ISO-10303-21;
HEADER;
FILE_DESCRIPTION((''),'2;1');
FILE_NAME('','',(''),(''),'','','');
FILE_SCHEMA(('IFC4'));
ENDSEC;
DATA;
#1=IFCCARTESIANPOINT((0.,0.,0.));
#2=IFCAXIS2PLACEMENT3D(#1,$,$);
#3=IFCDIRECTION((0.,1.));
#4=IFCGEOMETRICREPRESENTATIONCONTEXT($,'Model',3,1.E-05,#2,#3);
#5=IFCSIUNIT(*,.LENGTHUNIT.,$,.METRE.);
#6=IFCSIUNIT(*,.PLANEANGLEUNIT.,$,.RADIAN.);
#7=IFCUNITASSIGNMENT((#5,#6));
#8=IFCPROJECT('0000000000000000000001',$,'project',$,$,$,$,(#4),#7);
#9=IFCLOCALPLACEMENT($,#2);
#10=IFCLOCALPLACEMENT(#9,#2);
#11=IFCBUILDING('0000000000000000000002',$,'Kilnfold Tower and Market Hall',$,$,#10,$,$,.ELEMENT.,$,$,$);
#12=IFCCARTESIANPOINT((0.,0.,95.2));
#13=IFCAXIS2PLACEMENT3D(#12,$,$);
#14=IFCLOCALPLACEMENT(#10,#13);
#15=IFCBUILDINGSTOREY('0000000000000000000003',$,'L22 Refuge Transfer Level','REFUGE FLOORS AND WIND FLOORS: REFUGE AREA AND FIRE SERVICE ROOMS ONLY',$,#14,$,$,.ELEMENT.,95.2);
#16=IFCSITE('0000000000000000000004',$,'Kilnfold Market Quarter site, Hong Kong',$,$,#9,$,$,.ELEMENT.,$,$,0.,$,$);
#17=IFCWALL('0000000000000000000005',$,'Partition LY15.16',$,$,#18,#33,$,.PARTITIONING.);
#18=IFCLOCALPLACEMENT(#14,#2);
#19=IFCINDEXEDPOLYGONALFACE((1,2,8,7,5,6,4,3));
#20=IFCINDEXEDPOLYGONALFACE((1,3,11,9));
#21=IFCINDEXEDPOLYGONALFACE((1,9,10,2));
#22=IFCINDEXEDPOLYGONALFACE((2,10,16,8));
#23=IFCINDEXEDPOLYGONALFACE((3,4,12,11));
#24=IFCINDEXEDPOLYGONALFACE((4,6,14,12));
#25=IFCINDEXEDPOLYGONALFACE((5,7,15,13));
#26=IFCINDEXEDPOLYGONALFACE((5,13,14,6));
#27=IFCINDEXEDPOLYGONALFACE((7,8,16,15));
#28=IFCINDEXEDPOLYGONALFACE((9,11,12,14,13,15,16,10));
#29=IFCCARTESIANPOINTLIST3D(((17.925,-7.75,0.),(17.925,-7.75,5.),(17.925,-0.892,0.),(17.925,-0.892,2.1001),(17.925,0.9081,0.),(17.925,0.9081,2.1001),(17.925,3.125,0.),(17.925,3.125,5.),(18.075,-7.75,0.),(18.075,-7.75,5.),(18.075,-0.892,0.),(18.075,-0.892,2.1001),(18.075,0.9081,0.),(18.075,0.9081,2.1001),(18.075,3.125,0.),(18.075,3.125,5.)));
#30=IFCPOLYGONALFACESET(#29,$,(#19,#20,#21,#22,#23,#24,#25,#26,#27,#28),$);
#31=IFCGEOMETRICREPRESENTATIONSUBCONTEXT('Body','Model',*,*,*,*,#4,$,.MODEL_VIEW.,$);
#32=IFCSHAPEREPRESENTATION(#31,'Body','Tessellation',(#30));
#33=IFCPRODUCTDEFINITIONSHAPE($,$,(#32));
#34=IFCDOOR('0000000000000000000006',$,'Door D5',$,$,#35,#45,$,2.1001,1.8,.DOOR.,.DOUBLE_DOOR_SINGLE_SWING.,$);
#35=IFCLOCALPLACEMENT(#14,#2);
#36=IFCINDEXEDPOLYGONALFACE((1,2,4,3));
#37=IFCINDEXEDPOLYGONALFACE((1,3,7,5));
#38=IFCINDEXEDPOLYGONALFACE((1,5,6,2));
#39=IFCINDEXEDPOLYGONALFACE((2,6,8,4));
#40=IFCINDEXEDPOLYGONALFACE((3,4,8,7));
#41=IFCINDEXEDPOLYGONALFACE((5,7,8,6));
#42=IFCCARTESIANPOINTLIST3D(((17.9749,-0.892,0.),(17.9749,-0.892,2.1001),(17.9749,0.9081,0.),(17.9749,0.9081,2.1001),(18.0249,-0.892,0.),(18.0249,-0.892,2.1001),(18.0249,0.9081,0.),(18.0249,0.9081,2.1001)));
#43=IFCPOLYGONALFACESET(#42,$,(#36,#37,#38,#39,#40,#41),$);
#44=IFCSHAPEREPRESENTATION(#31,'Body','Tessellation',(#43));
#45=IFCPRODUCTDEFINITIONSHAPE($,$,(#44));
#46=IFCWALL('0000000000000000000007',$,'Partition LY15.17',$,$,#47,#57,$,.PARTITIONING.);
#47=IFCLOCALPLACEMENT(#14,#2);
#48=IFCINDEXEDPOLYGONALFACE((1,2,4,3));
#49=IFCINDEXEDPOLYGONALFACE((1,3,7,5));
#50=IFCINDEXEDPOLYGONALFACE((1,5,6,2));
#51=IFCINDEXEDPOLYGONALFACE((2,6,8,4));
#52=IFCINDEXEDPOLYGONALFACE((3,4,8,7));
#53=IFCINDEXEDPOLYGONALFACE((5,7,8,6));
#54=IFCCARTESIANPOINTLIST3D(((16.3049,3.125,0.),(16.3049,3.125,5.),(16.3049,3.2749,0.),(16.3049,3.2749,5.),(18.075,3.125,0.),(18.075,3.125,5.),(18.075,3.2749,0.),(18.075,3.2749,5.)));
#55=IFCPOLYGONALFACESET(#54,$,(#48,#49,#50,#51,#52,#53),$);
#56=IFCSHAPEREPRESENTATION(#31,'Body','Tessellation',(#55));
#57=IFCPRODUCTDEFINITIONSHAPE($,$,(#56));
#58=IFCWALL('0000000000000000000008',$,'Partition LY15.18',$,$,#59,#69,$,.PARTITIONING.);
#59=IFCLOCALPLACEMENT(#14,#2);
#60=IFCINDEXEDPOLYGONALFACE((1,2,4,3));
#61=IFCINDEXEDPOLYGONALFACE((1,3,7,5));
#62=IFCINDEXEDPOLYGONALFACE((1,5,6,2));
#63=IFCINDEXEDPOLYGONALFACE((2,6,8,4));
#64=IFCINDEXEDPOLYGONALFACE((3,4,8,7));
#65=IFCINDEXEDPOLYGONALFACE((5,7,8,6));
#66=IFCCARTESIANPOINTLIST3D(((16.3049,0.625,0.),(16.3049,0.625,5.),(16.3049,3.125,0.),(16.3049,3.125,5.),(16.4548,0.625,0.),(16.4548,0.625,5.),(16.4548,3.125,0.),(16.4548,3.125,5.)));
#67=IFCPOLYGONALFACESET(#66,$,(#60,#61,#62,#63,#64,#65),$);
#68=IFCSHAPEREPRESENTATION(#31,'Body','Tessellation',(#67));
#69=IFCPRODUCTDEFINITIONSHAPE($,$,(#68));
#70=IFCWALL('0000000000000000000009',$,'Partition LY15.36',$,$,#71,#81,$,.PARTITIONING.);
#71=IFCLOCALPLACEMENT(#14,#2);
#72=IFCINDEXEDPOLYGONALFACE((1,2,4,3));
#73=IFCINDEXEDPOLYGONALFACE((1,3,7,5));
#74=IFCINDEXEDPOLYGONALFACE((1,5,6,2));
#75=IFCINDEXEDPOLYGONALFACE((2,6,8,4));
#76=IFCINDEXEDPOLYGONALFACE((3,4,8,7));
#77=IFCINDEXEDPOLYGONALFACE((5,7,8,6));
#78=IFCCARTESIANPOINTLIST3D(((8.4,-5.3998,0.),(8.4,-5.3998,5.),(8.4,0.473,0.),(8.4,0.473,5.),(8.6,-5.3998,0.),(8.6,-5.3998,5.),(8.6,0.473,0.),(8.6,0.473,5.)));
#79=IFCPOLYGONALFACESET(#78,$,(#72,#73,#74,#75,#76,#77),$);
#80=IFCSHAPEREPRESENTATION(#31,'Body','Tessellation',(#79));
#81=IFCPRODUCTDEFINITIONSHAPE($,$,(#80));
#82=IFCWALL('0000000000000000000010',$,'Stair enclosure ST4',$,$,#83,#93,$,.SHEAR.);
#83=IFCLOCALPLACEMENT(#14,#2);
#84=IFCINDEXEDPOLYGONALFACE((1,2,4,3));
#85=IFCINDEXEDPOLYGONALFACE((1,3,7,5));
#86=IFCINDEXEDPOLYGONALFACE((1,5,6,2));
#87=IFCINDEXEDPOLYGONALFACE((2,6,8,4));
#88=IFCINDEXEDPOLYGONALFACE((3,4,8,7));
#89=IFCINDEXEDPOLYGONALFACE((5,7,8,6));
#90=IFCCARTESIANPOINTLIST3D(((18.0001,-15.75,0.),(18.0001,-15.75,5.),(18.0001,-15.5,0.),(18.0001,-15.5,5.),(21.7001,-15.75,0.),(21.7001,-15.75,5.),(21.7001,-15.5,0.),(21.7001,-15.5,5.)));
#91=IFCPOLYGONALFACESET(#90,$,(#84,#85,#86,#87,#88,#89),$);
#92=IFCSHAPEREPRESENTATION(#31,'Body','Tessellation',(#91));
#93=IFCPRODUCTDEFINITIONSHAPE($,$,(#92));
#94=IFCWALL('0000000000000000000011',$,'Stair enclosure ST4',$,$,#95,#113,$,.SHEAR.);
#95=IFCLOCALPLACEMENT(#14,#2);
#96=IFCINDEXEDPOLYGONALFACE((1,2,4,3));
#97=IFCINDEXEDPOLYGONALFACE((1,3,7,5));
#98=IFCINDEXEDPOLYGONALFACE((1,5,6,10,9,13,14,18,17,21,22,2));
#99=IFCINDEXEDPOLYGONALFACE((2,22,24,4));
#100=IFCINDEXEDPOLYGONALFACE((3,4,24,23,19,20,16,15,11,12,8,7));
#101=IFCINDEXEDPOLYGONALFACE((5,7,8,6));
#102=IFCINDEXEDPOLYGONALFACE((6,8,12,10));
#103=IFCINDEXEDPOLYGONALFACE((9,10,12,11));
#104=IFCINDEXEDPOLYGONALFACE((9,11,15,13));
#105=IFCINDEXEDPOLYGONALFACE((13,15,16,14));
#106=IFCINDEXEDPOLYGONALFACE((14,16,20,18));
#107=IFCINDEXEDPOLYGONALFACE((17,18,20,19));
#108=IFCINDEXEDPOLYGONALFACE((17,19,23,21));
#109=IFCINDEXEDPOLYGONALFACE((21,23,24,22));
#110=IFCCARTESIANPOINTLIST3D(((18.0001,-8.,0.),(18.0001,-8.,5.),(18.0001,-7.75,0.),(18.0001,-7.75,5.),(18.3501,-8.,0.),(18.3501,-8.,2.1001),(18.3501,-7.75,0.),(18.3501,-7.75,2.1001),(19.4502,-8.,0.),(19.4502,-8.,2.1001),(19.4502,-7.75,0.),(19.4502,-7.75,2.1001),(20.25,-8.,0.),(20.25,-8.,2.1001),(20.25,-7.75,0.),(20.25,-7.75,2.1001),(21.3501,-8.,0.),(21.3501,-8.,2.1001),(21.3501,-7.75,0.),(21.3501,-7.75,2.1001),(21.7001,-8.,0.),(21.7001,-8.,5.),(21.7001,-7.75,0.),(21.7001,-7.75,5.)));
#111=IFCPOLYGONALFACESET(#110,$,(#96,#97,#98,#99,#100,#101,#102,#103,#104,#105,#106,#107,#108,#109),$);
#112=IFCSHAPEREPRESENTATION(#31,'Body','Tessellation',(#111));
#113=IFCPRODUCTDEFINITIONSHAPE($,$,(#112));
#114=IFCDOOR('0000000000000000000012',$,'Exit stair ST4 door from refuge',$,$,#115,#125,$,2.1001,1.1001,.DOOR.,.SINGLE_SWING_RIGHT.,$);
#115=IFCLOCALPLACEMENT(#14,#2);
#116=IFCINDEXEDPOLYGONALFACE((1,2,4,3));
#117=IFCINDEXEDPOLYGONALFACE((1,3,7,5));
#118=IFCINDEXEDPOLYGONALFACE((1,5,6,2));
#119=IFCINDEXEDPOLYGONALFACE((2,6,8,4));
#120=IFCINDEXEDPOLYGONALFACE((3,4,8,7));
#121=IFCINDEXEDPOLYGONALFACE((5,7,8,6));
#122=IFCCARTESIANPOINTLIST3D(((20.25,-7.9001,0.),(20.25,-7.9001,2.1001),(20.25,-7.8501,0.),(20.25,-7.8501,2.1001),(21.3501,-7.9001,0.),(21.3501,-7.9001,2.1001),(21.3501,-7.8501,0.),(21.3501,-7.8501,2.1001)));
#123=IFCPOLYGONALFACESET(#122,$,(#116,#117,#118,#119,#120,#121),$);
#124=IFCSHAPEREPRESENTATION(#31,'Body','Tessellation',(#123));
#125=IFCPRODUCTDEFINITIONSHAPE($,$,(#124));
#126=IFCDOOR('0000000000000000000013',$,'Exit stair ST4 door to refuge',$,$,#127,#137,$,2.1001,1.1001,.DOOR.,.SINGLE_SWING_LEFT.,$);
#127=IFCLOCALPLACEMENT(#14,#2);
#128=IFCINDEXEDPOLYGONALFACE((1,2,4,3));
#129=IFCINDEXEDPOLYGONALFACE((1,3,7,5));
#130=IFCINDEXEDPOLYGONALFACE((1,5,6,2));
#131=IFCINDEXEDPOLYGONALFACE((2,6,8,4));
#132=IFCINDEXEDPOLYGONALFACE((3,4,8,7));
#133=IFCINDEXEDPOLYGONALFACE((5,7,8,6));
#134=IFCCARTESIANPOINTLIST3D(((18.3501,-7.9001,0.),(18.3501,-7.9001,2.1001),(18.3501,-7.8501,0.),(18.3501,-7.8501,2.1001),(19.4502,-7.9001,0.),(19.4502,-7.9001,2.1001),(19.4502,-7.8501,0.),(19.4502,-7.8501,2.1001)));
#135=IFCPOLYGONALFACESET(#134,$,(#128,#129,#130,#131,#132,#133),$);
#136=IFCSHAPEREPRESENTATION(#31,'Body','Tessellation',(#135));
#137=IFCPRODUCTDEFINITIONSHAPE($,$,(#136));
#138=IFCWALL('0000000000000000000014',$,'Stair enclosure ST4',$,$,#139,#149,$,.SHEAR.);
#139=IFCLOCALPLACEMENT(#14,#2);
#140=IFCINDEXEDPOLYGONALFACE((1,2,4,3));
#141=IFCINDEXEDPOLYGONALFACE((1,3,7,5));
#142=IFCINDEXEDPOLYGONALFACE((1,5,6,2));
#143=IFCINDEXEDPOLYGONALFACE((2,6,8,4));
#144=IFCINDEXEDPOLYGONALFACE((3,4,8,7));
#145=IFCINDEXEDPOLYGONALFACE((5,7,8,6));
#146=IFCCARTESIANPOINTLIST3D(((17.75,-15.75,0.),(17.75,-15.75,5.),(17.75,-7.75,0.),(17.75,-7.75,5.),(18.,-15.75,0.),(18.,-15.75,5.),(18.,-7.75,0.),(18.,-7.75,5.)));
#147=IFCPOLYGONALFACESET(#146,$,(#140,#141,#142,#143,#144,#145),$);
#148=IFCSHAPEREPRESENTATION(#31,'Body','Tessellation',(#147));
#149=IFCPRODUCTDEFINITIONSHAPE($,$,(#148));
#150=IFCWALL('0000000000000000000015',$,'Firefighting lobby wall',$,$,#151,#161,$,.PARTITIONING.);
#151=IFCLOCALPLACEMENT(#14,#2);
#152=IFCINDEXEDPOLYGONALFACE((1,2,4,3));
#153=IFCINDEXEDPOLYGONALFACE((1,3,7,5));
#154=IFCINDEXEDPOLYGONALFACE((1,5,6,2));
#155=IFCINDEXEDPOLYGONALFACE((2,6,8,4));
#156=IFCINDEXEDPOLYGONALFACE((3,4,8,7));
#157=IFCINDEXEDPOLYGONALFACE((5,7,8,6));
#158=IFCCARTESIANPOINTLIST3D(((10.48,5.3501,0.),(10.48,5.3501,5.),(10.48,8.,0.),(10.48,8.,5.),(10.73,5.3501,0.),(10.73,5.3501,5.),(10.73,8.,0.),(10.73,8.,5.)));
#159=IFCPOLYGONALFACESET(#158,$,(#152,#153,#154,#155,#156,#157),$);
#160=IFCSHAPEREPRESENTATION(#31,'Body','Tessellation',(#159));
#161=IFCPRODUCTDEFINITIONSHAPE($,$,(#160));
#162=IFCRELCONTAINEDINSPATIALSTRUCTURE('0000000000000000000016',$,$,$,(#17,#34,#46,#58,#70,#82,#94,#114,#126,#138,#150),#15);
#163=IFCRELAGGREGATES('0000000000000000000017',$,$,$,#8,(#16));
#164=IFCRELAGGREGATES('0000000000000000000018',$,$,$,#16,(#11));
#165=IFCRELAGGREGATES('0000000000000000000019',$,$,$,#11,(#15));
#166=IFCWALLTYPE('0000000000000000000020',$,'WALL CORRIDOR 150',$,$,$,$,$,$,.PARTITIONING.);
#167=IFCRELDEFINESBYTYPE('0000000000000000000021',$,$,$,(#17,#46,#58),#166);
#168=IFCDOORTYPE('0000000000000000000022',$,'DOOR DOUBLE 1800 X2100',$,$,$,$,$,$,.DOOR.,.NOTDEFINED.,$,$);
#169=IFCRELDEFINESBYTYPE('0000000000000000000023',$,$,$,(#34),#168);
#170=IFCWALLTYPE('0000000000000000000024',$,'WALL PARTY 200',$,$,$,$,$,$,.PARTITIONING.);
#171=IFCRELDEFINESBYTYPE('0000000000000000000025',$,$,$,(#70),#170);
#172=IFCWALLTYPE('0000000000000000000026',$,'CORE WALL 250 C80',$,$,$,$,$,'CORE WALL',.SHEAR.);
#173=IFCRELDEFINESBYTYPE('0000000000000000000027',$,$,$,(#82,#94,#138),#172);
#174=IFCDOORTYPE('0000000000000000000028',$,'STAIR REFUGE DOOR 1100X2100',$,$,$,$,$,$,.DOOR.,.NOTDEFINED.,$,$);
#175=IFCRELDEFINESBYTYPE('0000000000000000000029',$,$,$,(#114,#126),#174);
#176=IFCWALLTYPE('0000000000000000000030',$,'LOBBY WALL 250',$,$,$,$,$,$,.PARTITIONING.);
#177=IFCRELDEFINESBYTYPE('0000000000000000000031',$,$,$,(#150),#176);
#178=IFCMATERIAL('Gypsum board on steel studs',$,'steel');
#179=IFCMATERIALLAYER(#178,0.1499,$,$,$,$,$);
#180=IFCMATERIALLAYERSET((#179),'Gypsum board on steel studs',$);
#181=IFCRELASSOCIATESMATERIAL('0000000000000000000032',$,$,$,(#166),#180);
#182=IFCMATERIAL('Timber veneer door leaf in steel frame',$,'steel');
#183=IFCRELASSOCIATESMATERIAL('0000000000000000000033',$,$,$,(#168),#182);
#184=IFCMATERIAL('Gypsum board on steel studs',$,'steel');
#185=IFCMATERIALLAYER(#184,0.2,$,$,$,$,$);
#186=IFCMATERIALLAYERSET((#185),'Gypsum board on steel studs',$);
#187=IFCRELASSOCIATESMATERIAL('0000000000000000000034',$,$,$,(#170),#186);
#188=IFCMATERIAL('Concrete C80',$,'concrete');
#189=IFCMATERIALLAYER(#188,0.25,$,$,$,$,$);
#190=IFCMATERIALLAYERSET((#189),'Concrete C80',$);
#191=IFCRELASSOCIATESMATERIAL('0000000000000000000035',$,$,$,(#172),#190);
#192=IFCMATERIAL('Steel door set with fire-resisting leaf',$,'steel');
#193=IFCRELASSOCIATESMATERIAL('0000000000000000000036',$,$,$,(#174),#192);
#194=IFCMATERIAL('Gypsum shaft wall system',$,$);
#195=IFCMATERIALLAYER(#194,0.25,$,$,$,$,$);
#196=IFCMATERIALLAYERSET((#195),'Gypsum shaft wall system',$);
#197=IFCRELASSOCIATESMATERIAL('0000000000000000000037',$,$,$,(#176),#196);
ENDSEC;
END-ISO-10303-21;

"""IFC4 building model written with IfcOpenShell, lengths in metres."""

from ifc_helpers import new_model, si_unit, direction, frame, frame_2d, origin, place, context, subcontext, project, spatial, rectangle, extrude, source, transform, mapped, material, layer, layer_set, type_object, element, fill, save


model = new_model("IFC4")

# Units and contexts
model_context = context("Model", 3, precision=1e-05, world=origin(), true_north=direction((0.0, 1.0)))
body_context = subcontext(model_context, "Body", "Model", "MODEL_VIEW")
ifc_project = project(units=[si_unit("LENGTHUNIT", "METRE"), si_unit("PLANEANGLEUNIT", "RADIAN")], contexts=[model_context])

# Site, building, storey
site_placement = place(None, origin())
site = spatial("IfcSite", under=ifc_project, at=site_placement, Name="Kilnfold Market Quarter site, Hong Kong", CompositionType="ELEMENT", RefElevation=0.0)
building_placement = place(site_placement, origin())
building = spatial("IfcBuilding", under=site, at=building_placement, Name="Kilnfold Tower and Market Hall", CompositionType="ELEMENT")
storey_placement = place(building_placement, frame((0.0, 0.0, 95.2)))
storey = spatial("IfcBuildingStorey", under=building, at=storey_placement, Name="L22 Refuge Transfer Level", Description="REFUGE FLOORS AND WIND FLOORS: REFUGE AREA AND FIRE SERVICE ROOMS ONLY", CompositionType="ELEMENT", Elevation=95.2)

# Shared definitions
ifc_material_1 = material(Name="Gypsum board on steel studs", Category="steel")
ifc_layer_1 = layer(ifc_material_1, 0.1499)
ifc_layer_set_1 = layer_set([ifc_layer_1], Name="Gypsum board on steel studs")
wall_type_1 = type_object("IfcWallType", Name="WALL CORRIDOR 150", PredefinedType="PARTITIONING", material=ifc_layer_set_1)

# Wall, opening, door
wall_1_placement = place(storey_placement, frame((18.0, 3.125, 0.0), z_axis=(0.0, 0.0, 1.0), x_axis=(0.0, -1.0, 0.0)))
wall_1 = element("IfcWall", 1, at=wall_1_placement, inside=storey, type_object=wall_type_1, Name="Partition LY15.16", PredefinedType="PARTITIONING", context=body_context, shape_type="SweptSolid", body=[
    extrude(rectangle(XDim=10.875, YDim=0.1499, at=frame_2d((5.4375, 0.0))), origin(), (0.0, 0.0, 1.0), 5.0),
])
opening_1_placement = place(wall_1_placement, frame((2.217, 0.0, 0.0)))
opening_1 = element("IfcOpeningElement", 2, at=opening_1_placement, cuts=wall_1, PredefinedType="OPENING", context=body_context, shape_type="SweptSolid", body=[
    extrude(rectangle(XDim=1.8, YDim=2.1001, at=frame_2d((0.8999, 1.05))), frame((0.0, 0.085, 0.0), z_axis=(0.0, -1.0, 0.0), x_axis=(1.0, 0.0, 0.0)), (0.0, 0.0, 1.0), 0.1699),
])
ifc_material_2 = material(Name="Timber veneer door leaf in steel frame", Category="steel")
door_type_1 = type_object("IfcDoorType", Name="DOOR DOUBLE 1800 X2100", OperationType="NOTDEFINED", PredefinedType="DOOR", material=ifc_material_2)
door_1_placement = place(opening_1_placement, origin())
door_1 = element("IfcDoor", 3, at=door_1_placement, inside=storey, type_object=door_type_1, Name="Door D5", OperationType="DOUBLE_DOOR_SINGLE_SWING", OverallHeight=2.1001, OverallWidth=1.8, PredefinedType="DOOR", context=body_context, shape_type="SweptSolid", body=[
    extrude(rectangle(XDim=1.8, YDim=2.1001, at=frame_2d((0.8999, 1.05))), frame((0.0, 0.0249, 0.0), z_axis=(0.0, -1.0, 0.0), x_axis=(1.0, 0.0, 0.0)), (0.0, 0.0, 1.0), 0.05),
])
fill(opening_1, door_1)

# Walls
wall_2_placement = place(storey_placement, frame((16.3049, 3.2, 0.0), z_axis=(0.0, 0.0, 1.0), x_axis=(1.0, 0.0, 0.0)))
element("IfcWall", 4, at=wall_2_placement, inside=storey, type_object=wall_type_1, Name="Partition LY15.17", PredefinedType="PARTITIONING", context=body_context, shape_type="SweptSolid", body=[
    extrude(rectangle(XDim=1.77, YDim=0.1499, at=frame_2d((0.885, 0.0))), origin(), (0.0, 0.0, 1.0), 5.0),
])
wall_3_placement = place(storey_placement, frame((16.3799, 0.625, 0.0), z_axis=(0.0, 0.0, 1.0), x_axis=(0.0, 1.0, 0.0)))
element("IfcWall", 5, at=wall_3_placement, inside=storey, type_object=wall_type_1, Name="Partition LY15.18", PredefinedType="PARTITIONING", context=body_context, shape_type="SweptSolid", body=[
    extrude(rectangle(XDim=2.5, YDim=0.1499, at=frame_2d((1.25, 0.0))), origin(), (0.0, 0.0, 1.0), 5.0),
])
ifc_material_3 = material(Name="Gypsum board on steel studs", Category="steel")
ifc_layer_2 = layer(ifc_material_3, 0.2)
ifc_layer_set_2 = layer_set([ifc_layer_2], Name="Gypsum board on steel studs")
wall_type_2 = type_object("IfcWallType", Name="WALL PARTY 200", PredefinedType="PARTITIONING", material=ifc_layer_set_2)
wall_4_placement = place(storey_placement, frame((8.5, -5.3999, 0.0), z_axis=(0.0, 0.0, 1.0), x_axis=(0.0, 1.0, 0.0)))
element("IfcWall", 6, at=wall_4_placement, inside=storey, type_object=wall_type_2, Name="Partition LY15.36", PredefinedType="PARTITIONING", context=body_context, shape_type="SweptSolid", body=[
    extrude(rectangle(XDim=5.8728, YDim=0.2, at=frame_2d((2.9365, 0.0))), origin(), (0.0, 0.0, 1.0), 5.0),
])
ifc_material_4 = material(Name="Concrete C80", Category="concrete")
ifc_layer_3 = layer(ifc_material_4, 0.25)
ifc_layer_set_3 = layer_set([ifc_layer_3], Name="Concrete C80")
wall_type_3 = type_object("IfcWallType", Name="CORE WALL 250 C80", ElementType="CORE WALL", PredefinedType="SHEAR", material=ifc_layer_set_3)
shared_shape_1 = source(origin(), body_context, "Body", "SweptSolid", [
    extrude(rectangle(XDim=3.7, YDim=0.25, at=frame_2d((1.8501, 0.0))), origin(), (0.0, 0.0, 1.0), 5.0),
])
wall_5_placement = place(storey_placement, frame((18.0, -15.625, 0.0), z_axis=(0.0, 0.0, 1.0), x_axis=(1.0, 0.0, 0.0)))
element("IfcWall", 7, at=wall_5_placement, inside=storey, type_object=wall_type_3, Name="Stair enclosure ST4", PredefinedType="SHEAR", context=body_context, shape_type="MappedRepresentation", body=[
    mapped(shared_shape_1, transform((0.0, 0.0, 0.0))),
])

# Wall, openings, doors
wall_6_placement = place(storey_placement, frame((18.0, -7.875, 0.0), z_axis=(0.0, 0.0, 1.0), x_axis=(1.0, 0.0, 0.0)))
wall_6 = element("IfcWall", 8, at=wall_6_placement, inside=storey, type_object=wall_type_3, Name="Stair enclosure ST4", PredefinedType="SHEAR", context=body_context, shape_type="MappedRepresentation", body=[
    mapped(shared_shape_1, transform((0.0, 0.0, 0.0))),
])
opening_2_placement = place(wall_6_placement, frame((2.25, 0.0, 0.0)))
opening_2 = element("IfcOpeningElement", 9, at=opening_2_placement, cuts=wall_6, PredefinedType="OPENING", context=body_context, shape_type="SweptSolid", body=[
    extrude(rectangle(XDim=1.1001, YDim=2.1001, at=frame_2d((0.55, 1.05))), frame((0.0, 0.135, 0.0), z_axis=(0.0, -1.0, 0.0), x_axis=(1.0, 0.0, 0.0)), (0.0, 0.0, 1.0), 0.27),
])
opening_3_placement = place(wall_6_placement, frame((0.3501, 0.0, 0.0)))
opening_3 = element("IfcOpeningElement", 10, at=opening_3_placement, cuts=wall_6, PredefinedType="OPENING", context=body_context, shape_type="SweptSolid", body=[
    extrude(rectangle(XDim=1.1001, YDim=2.1001, at=frame_2d((0.55, 1.05))), frame((0.0, 0.135, 0.0), z_axis=(0.0, -1.0, 0.0), x_axis=(1.0, 0.0, 0.0)), (0.0, 0.0, 1.0), 0.27),
])
ifc_material_5 = material(Name="Steel door set with fire-resisting leaf", Category="steel")
door_type_2 = type_object("IfcDoorType", Name="STAIR REFUGE DOOR 1100X2100", OperationType="NOTDEFINED", PredefinedType="DOOR", material=ifc_material_5)
door_2_placement = place(opening_2_placement, origin())
door_2 = element("IfcDoor", 11, at=door_2_placement, inside=storey, type_object=door_type_2, Name="Exit stair ST4 door from refuge", OperationType="SINGLE_SWING_RIGHT", OverallHeight=2.1001, OverallWidth=1.1001, PredefinedType="DOOR", context=body_context, shape_type="SweptSolid", body=[
    extrude(rectangle(XDim=1.1001, YDim=2.1001, at=frame_2d((0.55, 1.05))), frame((0.0, 0.0249, 0.0), z_axis=(0.0, -1.0, 0.0), x_axis=(1.0, 0.0, 0.0)), (0.0, 0.0, 1.0), 0.05),
])
fill(opening_2, door_2)
door_3_placement = place(opening_3_placement, origin())
door_3 = element("IfcDoor", 12, at=door_3_placement, inside=storey, type_object=door_type_2, Name="Exit stair ST4 door to refuge", OperationType="SINGLE_SWING_LEFT", OverallHeight=2.1001, OverallWidth=1.1001, PredefinedType="DOOR", context=body_context, shape_type="SweptSolid", body=[
    extrude(rectangle(XDim=1.1001, YDim=2.1001, at=frame_2d((0.55, 1.05))), frame((0.0, 0.0249, 0.0), z_axis=(0.0, -1.0, 0.0), x_axis=(1.0, 0.0, 0.0)), (0.0, 0.0, 1.0), 0.05),
])
fill(opening_3, door_3)

# Walls
shared_shape_2 = source(origin(), body_context, "Body", "SweptSolid", [
    extrude(rectangle(XDim=8.0, YDim=0.25, at=frame_2d((4.0, 0.0))), origin(), (0.0, 0.0, 1.0), 5.0),
])
wall_7_placement = place(storey_placement, frame((17.875, -15.75, 0.0), z_axis=(0.0, 0.0, 1.0), x_axis=(0.0, 1.0, 0.0)))
element("IfcWall", 13, at=wall_7_placement, inside=storey, type_object=wall_type_3, Name="Stair enclosure ST4", PredefinedType="SHEAR", context=body_context, shape_type="MappedRepresentation", body=[
    mapped(shared_shape_2, transform((0.0, 0.0, 0.0))),
])
ifc_material_6 = material(Name="Gypsum shaft wall system")
ifc_layer_4 = layer(ifc_material_6, 0.25)
ifc_layer_set_4 = layer_set([ifc_layer_4], Name="Gypsum shaft wall system")
wall_type_4 = type_object("IfcWallType", Name="LOBBY WALL 250", PredefinedType="PARTITIONING", material=ifc_layer_set_4)
shared_shape_3 = source(origin(), body_context, "Body", "SweptSolid", [
    extrude(rectangle(XDim=2.6499, YDim=0.25, at=frame_2d((1.325, 0.0))), origin(), (0.0, 0.0, 1.0), 5.0),
])
wall_8_placement = place(storey_placement, frame((10.605, 5.3501, 0.0), z_axis=(0.0, 0.0, 1.0), x_axis=(0.0, 1.0, 0.0)))
element("IfcWall", 14, at=wall_8_placement, inside=storey, type_object=wall_type_4, Name="Firefighting lobby wall", PredefinedType="PARTITIONING", context=body_context, shape_type="MappedRepresentation", body=[
    mapped(shared_shape_3, transform((0.0, 0.0, 0.0))),
])

save(model, "model.ifc")
